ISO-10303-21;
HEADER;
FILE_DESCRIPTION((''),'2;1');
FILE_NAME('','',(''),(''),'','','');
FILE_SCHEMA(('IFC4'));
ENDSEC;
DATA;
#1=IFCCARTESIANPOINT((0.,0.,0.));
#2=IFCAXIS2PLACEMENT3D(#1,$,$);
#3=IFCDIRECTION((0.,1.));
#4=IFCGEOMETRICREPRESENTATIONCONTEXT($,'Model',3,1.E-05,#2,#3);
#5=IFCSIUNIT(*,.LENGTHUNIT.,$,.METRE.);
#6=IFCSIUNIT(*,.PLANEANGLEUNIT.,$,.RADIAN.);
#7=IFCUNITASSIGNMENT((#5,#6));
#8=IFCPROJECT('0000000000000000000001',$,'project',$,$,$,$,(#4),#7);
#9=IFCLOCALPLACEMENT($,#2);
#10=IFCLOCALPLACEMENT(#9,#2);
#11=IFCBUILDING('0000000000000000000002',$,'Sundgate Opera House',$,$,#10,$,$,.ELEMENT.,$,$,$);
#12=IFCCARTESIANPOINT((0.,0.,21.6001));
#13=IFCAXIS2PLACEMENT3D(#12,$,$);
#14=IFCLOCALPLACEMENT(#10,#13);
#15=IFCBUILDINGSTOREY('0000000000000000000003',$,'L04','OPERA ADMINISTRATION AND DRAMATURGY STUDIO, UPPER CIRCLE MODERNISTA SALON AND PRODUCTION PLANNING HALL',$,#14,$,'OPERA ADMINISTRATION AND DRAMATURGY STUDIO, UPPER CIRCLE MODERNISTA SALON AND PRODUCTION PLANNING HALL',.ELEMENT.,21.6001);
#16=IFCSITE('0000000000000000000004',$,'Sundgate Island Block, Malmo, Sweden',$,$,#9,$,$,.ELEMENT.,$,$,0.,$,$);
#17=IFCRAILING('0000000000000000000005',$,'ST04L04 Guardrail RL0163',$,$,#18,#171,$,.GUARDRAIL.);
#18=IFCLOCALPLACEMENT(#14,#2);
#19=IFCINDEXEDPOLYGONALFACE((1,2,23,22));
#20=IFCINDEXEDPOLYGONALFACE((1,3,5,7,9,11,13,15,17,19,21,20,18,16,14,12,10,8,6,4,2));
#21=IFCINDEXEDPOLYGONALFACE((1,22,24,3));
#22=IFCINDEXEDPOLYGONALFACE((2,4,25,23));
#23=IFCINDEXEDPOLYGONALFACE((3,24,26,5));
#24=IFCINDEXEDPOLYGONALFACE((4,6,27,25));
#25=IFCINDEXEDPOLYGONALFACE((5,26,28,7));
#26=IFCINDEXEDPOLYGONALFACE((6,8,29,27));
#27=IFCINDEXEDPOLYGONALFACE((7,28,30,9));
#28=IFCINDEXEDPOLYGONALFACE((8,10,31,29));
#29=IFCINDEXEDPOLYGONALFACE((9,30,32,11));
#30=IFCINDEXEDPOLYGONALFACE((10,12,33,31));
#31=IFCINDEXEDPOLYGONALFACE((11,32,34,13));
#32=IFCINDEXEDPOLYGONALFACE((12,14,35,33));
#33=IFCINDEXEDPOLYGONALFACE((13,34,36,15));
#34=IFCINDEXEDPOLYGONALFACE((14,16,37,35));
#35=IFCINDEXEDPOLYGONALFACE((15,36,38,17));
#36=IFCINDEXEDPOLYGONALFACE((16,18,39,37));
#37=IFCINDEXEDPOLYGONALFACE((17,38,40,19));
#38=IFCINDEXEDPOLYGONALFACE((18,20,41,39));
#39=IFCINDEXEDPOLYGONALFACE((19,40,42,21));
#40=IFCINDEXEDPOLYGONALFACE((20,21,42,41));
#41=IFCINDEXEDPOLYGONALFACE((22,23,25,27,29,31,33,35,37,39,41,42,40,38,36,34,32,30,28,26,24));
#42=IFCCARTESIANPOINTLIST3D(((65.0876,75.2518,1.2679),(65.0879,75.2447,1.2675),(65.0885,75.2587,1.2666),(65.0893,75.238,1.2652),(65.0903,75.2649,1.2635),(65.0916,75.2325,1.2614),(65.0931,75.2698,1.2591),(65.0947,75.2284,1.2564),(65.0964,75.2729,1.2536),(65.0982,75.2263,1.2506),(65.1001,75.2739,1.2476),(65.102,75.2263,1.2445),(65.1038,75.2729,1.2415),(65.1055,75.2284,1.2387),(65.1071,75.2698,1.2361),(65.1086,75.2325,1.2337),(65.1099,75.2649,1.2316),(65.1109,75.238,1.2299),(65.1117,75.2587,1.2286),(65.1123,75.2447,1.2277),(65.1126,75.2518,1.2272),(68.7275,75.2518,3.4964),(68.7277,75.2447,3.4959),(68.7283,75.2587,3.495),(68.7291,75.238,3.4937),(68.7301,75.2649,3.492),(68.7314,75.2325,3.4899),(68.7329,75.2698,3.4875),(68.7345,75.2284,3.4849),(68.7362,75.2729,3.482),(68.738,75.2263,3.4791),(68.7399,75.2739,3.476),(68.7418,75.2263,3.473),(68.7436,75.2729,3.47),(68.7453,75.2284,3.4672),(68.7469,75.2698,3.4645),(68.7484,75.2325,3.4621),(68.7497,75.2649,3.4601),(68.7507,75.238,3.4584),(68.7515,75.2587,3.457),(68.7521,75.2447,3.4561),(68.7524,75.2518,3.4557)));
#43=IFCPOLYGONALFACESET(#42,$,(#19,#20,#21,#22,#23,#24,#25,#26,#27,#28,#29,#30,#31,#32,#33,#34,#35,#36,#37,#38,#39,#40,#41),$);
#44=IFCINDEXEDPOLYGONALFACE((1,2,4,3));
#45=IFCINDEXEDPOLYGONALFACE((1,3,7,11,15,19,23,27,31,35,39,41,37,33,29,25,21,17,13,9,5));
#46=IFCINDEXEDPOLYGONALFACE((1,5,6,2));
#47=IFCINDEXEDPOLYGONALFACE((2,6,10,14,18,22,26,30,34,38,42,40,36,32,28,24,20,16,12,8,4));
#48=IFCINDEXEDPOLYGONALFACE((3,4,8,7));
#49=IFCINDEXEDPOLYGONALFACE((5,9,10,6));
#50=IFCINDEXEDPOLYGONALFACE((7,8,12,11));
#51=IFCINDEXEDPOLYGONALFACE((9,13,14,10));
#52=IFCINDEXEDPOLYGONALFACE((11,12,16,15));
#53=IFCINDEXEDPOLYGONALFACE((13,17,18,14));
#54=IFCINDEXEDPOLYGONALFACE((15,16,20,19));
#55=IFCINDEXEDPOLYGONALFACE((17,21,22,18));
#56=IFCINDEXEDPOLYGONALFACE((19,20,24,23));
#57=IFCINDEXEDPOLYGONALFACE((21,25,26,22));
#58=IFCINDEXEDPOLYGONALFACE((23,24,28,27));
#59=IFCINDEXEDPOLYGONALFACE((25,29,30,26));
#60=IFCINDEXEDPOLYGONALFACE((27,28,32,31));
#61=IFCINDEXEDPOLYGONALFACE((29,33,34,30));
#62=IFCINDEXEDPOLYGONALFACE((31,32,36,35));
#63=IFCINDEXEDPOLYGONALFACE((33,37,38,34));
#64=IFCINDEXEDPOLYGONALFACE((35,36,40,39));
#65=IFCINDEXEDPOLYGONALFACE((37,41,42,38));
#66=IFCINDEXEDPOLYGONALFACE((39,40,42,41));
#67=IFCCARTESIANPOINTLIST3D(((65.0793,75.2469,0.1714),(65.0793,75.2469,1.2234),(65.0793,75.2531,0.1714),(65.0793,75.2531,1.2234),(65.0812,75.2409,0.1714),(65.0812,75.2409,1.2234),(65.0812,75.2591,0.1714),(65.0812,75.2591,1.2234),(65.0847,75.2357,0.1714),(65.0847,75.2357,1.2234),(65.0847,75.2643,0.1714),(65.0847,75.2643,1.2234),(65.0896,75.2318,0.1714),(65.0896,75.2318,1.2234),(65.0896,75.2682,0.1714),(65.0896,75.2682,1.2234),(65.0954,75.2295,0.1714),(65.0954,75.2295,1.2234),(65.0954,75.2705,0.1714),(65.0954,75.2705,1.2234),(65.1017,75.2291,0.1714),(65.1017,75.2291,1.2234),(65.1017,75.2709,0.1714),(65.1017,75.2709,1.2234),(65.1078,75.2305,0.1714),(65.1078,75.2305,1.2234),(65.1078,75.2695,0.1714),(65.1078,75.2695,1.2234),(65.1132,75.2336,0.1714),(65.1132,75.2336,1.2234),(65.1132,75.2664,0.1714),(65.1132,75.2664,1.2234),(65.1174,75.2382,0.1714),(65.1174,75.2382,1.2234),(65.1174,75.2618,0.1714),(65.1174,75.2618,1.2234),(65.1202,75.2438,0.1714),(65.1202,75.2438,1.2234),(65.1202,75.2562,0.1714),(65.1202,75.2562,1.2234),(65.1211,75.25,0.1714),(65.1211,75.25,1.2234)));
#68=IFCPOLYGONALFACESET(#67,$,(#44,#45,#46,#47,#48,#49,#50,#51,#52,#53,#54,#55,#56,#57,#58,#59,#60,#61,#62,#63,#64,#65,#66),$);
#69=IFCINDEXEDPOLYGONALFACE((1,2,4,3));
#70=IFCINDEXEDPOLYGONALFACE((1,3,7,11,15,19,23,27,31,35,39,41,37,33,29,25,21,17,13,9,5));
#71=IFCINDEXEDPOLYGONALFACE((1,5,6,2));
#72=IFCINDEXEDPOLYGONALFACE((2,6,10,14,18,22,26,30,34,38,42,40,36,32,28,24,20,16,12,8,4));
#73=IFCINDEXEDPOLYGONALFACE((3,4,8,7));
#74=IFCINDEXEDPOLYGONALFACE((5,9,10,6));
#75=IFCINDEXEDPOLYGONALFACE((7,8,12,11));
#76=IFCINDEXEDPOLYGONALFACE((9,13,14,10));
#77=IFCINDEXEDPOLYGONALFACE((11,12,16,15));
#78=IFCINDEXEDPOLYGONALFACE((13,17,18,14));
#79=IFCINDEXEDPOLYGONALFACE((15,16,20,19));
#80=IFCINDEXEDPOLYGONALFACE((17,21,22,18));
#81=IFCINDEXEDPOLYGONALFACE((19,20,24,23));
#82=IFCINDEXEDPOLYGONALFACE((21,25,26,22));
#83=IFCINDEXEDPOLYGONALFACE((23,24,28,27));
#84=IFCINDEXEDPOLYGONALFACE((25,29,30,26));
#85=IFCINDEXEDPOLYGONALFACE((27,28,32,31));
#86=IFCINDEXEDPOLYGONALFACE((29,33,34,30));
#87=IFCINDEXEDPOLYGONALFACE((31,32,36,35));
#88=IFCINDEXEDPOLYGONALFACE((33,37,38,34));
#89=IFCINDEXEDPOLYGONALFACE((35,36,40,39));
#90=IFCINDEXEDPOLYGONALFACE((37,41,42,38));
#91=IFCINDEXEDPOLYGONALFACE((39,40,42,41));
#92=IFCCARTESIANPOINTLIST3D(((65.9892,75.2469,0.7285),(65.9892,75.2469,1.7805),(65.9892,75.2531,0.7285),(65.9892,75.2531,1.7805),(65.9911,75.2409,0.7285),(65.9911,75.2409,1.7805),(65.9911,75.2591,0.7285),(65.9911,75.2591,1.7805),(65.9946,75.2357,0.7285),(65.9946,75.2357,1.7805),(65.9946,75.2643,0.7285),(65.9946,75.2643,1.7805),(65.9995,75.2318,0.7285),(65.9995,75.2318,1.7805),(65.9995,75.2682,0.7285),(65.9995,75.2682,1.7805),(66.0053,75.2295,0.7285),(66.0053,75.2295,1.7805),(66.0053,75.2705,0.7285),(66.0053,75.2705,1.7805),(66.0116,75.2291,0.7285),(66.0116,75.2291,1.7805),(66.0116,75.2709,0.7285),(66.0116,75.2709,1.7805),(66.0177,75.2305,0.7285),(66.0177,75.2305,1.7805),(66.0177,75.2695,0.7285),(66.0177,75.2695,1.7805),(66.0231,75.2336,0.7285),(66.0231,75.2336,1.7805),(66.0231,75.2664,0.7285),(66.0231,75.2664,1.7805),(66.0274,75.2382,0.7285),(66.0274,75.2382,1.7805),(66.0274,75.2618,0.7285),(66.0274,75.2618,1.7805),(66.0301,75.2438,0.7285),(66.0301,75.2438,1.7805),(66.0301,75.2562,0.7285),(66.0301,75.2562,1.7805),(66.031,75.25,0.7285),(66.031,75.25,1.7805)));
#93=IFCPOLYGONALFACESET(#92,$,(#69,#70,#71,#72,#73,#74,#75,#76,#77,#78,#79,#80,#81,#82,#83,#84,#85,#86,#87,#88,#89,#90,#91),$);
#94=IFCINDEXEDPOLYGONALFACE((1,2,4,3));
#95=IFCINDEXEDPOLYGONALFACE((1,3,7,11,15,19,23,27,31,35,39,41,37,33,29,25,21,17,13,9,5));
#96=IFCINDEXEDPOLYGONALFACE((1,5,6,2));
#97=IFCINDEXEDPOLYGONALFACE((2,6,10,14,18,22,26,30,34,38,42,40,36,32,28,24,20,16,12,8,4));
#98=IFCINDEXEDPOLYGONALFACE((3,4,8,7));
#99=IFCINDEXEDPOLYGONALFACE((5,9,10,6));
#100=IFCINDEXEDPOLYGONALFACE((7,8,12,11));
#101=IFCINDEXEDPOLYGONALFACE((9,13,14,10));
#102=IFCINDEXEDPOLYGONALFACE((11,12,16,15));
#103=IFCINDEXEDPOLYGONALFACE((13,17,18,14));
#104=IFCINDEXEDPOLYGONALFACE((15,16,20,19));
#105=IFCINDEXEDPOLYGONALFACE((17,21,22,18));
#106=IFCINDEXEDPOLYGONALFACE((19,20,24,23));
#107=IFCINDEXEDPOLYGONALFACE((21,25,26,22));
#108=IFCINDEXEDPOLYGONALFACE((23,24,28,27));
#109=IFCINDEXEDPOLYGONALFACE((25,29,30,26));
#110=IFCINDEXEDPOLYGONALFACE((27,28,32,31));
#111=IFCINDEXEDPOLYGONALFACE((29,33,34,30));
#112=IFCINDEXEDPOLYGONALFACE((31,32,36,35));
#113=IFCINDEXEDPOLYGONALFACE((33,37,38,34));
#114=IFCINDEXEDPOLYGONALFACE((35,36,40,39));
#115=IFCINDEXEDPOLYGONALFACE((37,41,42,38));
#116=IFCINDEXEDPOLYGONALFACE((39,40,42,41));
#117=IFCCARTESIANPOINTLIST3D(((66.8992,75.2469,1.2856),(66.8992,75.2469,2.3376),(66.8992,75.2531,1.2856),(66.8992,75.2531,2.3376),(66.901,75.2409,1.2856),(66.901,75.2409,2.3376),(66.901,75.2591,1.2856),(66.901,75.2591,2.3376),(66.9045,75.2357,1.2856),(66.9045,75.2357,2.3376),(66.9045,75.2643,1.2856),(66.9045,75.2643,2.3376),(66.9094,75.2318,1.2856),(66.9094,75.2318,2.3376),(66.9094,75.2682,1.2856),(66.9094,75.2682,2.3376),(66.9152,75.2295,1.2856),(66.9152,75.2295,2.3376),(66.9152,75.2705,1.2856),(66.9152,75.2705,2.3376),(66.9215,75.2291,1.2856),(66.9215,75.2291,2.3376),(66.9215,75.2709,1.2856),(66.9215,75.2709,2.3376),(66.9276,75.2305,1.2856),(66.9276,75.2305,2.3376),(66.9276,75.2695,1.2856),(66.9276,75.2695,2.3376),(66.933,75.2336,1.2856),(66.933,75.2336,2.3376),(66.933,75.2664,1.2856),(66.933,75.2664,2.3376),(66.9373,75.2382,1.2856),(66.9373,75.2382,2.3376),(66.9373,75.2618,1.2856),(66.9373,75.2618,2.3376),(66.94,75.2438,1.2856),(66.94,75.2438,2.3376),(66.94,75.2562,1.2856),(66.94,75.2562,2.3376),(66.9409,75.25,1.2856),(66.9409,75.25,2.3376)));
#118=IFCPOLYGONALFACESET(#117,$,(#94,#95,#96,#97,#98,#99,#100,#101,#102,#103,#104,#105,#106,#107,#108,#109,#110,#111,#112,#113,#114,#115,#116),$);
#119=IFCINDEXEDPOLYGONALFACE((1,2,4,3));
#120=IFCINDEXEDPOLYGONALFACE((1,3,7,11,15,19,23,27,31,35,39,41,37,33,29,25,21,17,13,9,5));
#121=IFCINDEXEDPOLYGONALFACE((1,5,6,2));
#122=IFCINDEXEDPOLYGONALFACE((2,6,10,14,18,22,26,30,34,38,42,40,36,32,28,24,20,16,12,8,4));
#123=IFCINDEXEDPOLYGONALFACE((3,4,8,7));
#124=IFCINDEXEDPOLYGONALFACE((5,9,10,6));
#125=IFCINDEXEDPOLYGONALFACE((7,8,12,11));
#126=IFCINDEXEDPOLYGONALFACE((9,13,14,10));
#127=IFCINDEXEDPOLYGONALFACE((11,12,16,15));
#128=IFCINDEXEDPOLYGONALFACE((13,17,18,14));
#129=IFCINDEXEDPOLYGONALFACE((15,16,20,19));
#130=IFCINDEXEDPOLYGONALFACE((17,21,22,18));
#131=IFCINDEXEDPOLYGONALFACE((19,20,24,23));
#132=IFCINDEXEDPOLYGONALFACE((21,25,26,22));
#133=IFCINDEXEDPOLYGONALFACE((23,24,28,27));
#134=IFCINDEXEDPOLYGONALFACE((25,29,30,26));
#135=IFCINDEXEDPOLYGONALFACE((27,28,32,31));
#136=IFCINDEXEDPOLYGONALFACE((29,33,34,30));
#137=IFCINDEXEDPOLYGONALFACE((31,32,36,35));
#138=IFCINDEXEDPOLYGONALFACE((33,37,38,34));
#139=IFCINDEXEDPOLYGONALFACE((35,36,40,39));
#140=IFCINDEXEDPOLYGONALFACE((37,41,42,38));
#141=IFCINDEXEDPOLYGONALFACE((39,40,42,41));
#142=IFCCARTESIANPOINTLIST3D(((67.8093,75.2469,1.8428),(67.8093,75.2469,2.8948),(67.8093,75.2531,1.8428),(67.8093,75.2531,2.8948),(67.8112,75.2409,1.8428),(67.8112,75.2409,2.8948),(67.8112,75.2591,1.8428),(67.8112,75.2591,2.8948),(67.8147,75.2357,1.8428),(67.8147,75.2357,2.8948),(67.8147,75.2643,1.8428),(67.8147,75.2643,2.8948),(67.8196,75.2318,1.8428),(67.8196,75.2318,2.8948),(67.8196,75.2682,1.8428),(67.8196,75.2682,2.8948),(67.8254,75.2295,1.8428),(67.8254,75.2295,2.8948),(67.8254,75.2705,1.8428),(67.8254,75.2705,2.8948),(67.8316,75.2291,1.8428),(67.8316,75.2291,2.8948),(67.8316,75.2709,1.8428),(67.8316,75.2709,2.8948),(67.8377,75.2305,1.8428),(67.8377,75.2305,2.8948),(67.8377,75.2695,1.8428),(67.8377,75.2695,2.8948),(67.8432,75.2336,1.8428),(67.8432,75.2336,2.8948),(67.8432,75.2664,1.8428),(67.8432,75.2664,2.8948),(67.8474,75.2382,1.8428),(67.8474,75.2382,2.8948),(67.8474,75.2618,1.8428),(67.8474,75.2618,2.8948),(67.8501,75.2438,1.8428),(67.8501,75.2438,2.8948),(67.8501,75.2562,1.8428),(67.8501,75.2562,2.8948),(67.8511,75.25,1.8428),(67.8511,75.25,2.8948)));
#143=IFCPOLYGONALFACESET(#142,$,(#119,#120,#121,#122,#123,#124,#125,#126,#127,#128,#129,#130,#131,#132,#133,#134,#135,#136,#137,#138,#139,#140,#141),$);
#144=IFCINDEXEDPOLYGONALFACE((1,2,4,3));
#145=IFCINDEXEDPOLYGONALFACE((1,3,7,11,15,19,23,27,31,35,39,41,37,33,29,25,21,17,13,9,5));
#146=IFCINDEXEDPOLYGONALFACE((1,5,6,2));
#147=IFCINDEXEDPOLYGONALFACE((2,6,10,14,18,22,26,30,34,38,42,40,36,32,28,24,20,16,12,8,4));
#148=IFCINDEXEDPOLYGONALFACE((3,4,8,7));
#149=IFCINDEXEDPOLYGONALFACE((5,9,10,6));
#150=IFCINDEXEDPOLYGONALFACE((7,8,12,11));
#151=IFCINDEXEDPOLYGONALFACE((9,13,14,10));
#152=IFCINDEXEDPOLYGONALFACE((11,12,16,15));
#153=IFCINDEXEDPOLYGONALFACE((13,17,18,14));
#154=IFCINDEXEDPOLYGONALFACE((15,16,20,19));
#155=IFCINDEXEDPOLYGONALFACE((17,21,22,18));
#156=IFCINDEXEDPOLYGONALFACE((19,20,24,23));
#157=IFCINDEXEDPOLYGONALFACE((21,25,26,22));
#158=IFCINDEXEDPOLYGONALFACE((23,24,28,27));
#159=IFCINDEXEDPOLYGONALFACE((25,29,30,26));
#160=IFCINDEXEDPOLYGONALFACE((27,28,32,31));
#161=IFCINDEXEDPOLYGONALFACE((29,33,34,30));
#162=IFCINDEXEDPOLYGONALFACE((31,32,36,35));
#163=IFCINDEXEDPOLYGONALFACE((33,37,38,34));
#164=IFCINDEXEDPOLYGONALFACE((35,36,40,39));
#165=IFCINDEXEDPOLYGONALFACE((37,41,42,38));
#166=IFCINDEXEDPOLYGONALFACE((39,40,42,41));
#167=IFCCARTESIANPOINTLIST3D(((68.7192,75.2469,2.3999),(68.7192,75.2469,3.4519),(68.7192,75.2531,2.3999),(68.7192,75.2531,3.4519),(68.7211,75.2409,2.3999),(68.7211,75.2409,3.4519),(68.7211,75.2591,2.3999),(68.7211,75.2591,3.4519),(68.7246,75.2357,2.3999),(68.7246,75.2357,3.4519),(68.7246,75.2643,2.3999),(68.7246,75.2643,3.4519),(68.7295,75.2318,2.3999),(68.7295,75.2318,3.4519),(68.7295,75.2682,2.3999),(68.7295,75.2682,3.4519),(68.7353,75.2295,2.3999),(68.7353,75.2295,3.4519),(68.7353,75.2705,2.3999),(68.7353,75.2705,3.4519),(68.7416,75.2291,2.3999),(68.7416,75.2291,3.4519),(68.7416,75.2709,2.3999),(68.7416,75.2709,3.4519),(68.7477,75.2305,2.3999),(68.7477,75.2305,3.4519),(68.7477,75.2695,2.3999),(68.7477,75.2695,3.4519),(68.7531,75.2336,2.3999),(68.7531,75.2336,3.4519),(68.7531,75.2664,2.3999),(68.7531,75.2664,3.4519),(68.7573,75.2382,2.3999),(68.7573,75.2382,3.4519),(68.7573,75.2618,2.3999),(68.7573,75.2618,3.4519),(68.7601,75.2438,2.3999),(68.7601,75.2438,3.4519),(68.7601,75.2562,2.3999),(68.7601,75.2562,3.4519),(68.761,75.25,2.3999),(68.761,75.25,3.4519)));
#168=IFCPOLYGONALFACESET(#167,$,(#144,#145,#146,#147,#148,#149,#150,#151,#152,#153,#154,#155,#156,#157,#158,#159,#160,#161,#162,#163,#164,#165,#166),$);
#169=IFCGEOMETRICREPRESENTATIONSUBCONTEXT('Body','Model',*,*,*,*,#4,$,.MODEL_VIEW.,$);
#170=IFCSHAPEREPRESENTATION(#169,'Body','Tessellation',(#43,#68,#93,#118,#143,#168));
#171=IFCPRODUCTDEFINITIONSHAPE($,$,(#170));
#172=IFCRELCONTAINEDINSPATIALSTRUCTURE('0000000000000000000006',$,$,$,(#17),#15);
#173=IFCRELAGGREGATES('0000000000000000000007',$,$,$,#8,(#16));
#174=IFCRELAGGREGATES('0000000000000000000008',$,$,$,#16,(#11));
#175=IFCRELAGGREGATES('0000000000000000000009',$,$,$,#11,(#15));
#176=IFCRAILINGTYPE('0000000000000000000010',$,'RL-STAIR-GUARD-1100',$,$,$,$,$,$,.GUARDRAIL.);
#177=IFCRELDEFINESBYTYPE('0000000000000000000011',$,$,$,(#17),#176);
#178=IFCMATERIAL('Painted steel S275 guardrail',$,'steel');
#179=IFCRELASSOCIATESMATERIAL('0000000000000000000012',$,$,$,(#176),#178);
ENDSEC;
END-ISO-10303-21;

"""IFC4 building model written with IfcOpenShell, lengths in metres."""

from ifc_helpers import new_model, si_unit, direction, frame, origin, origin_2d, place, context, subcontext, project, spatial, circle, extrude, material, type_object, element, save


model = new_model("IFC4")

# Units and contexts
model_context = context("Model", 3, precision=1e-05, world=origin(), true_north=direction((0.0, 1.0)))
body_context = subcontext(model_context, "Body", "Model", "MODEL_VIEW")
ifc_project = project(units=[si_unit("LENGTHUNIT", "METRE"), si_unit("PLANEANGLEUNIT", "RADIAN")], contexts=[model_context])

# Site, building, storey
site_placement = place(None, origin())
site = spatial("IfcSite", under=ifc_project, at=site_placement, Name="Sundgate Island Block, Malmo, Sweden", CompositionType="ELEMENT", RefElevation=0.0)
building_placement = place(site_placement, origin())
building = spatial("IfcBuilding", under=site, at=building_placement, Name="Sundgate Opera House", CompositionType="ELEMENT")
storey_placement = place(building_placement, frame((0.0, 0.0, 21.6001)))
storey = spatial("IfcBuildingStorey", under=building, at=storey_placement, Name="L04", Description="OPERA ADMINISTRATION AND DRAMATURGY STUDIO, UPPER CIRCLE MODERNISTA SALON AND PRODUCTION PLANNING HALL", LongName="OPERA ADMINISTRATION AND DRAMATURGY STUDIO, UPPER CIRCLE MODERNISTA SALON AND PRODUCTION PLANNING HALL", CompositionType="ELEMENT", Elevation=21.6001)

# Railing
ifc_material_1 = material(Name="Painted steel S275 guardrail", Category="steel")
railing_type_1 = type_object("IfcRailingType", Name="RL-STAIR-GUARD-1100", PredefinedType="GUARDRAIL", material=ifc_material_1)
railing_1_placement = place(storey_placement, frame((65.1001, 75.25, 0.1714)))
element("IfcRailing", 1, at=railing_1_placement, inside=storey, type_object=railing_type_1, Name="ST04L04 Guardrail RL0163", PredefinedType="GUARDRAIL", context=body_context, shape_type="SweptSolid", body=[
    extrude(circle(Radius=0.0239, at=origin_2d()), frame((0.0, 0.0, 1.0762), z_axis=(0.85285, 0.0, 0.522156), x_axis=(0.0, 1.0, 0.0)), (0.0, 0.0, 1.0), 4.2678),
    extrude(circle(Radius=0.021, at=origin_2d()), origin(), (0.0, 0.0, 1.0), 1.052),
    extrude(circle(Radius=0.021, at=origin_2d()), frame((0.9099, 0.0, 0.5571)), (0.0, 0.0, 1.0), 1.052),
    extrude(circle(Radius=0.021, at=origin_2d()), frame((1.8198, 0.0, 1.1143)), (0.0, 0.0, 1.0), 1.052),
    extrude(circle(Radius=0.021, at=origin_2d()), frame((2.73, 0.0, 1.6714)), (0.0, 0.0, 1.0), 1.052),
    extrude(circle(Radius=0.021, at=origin_2d()), frame((3.6399, 0.0, 2.2285)), (0.0, 0.0, 1.0), 1.052),
])

save(model, "model.ifc")
